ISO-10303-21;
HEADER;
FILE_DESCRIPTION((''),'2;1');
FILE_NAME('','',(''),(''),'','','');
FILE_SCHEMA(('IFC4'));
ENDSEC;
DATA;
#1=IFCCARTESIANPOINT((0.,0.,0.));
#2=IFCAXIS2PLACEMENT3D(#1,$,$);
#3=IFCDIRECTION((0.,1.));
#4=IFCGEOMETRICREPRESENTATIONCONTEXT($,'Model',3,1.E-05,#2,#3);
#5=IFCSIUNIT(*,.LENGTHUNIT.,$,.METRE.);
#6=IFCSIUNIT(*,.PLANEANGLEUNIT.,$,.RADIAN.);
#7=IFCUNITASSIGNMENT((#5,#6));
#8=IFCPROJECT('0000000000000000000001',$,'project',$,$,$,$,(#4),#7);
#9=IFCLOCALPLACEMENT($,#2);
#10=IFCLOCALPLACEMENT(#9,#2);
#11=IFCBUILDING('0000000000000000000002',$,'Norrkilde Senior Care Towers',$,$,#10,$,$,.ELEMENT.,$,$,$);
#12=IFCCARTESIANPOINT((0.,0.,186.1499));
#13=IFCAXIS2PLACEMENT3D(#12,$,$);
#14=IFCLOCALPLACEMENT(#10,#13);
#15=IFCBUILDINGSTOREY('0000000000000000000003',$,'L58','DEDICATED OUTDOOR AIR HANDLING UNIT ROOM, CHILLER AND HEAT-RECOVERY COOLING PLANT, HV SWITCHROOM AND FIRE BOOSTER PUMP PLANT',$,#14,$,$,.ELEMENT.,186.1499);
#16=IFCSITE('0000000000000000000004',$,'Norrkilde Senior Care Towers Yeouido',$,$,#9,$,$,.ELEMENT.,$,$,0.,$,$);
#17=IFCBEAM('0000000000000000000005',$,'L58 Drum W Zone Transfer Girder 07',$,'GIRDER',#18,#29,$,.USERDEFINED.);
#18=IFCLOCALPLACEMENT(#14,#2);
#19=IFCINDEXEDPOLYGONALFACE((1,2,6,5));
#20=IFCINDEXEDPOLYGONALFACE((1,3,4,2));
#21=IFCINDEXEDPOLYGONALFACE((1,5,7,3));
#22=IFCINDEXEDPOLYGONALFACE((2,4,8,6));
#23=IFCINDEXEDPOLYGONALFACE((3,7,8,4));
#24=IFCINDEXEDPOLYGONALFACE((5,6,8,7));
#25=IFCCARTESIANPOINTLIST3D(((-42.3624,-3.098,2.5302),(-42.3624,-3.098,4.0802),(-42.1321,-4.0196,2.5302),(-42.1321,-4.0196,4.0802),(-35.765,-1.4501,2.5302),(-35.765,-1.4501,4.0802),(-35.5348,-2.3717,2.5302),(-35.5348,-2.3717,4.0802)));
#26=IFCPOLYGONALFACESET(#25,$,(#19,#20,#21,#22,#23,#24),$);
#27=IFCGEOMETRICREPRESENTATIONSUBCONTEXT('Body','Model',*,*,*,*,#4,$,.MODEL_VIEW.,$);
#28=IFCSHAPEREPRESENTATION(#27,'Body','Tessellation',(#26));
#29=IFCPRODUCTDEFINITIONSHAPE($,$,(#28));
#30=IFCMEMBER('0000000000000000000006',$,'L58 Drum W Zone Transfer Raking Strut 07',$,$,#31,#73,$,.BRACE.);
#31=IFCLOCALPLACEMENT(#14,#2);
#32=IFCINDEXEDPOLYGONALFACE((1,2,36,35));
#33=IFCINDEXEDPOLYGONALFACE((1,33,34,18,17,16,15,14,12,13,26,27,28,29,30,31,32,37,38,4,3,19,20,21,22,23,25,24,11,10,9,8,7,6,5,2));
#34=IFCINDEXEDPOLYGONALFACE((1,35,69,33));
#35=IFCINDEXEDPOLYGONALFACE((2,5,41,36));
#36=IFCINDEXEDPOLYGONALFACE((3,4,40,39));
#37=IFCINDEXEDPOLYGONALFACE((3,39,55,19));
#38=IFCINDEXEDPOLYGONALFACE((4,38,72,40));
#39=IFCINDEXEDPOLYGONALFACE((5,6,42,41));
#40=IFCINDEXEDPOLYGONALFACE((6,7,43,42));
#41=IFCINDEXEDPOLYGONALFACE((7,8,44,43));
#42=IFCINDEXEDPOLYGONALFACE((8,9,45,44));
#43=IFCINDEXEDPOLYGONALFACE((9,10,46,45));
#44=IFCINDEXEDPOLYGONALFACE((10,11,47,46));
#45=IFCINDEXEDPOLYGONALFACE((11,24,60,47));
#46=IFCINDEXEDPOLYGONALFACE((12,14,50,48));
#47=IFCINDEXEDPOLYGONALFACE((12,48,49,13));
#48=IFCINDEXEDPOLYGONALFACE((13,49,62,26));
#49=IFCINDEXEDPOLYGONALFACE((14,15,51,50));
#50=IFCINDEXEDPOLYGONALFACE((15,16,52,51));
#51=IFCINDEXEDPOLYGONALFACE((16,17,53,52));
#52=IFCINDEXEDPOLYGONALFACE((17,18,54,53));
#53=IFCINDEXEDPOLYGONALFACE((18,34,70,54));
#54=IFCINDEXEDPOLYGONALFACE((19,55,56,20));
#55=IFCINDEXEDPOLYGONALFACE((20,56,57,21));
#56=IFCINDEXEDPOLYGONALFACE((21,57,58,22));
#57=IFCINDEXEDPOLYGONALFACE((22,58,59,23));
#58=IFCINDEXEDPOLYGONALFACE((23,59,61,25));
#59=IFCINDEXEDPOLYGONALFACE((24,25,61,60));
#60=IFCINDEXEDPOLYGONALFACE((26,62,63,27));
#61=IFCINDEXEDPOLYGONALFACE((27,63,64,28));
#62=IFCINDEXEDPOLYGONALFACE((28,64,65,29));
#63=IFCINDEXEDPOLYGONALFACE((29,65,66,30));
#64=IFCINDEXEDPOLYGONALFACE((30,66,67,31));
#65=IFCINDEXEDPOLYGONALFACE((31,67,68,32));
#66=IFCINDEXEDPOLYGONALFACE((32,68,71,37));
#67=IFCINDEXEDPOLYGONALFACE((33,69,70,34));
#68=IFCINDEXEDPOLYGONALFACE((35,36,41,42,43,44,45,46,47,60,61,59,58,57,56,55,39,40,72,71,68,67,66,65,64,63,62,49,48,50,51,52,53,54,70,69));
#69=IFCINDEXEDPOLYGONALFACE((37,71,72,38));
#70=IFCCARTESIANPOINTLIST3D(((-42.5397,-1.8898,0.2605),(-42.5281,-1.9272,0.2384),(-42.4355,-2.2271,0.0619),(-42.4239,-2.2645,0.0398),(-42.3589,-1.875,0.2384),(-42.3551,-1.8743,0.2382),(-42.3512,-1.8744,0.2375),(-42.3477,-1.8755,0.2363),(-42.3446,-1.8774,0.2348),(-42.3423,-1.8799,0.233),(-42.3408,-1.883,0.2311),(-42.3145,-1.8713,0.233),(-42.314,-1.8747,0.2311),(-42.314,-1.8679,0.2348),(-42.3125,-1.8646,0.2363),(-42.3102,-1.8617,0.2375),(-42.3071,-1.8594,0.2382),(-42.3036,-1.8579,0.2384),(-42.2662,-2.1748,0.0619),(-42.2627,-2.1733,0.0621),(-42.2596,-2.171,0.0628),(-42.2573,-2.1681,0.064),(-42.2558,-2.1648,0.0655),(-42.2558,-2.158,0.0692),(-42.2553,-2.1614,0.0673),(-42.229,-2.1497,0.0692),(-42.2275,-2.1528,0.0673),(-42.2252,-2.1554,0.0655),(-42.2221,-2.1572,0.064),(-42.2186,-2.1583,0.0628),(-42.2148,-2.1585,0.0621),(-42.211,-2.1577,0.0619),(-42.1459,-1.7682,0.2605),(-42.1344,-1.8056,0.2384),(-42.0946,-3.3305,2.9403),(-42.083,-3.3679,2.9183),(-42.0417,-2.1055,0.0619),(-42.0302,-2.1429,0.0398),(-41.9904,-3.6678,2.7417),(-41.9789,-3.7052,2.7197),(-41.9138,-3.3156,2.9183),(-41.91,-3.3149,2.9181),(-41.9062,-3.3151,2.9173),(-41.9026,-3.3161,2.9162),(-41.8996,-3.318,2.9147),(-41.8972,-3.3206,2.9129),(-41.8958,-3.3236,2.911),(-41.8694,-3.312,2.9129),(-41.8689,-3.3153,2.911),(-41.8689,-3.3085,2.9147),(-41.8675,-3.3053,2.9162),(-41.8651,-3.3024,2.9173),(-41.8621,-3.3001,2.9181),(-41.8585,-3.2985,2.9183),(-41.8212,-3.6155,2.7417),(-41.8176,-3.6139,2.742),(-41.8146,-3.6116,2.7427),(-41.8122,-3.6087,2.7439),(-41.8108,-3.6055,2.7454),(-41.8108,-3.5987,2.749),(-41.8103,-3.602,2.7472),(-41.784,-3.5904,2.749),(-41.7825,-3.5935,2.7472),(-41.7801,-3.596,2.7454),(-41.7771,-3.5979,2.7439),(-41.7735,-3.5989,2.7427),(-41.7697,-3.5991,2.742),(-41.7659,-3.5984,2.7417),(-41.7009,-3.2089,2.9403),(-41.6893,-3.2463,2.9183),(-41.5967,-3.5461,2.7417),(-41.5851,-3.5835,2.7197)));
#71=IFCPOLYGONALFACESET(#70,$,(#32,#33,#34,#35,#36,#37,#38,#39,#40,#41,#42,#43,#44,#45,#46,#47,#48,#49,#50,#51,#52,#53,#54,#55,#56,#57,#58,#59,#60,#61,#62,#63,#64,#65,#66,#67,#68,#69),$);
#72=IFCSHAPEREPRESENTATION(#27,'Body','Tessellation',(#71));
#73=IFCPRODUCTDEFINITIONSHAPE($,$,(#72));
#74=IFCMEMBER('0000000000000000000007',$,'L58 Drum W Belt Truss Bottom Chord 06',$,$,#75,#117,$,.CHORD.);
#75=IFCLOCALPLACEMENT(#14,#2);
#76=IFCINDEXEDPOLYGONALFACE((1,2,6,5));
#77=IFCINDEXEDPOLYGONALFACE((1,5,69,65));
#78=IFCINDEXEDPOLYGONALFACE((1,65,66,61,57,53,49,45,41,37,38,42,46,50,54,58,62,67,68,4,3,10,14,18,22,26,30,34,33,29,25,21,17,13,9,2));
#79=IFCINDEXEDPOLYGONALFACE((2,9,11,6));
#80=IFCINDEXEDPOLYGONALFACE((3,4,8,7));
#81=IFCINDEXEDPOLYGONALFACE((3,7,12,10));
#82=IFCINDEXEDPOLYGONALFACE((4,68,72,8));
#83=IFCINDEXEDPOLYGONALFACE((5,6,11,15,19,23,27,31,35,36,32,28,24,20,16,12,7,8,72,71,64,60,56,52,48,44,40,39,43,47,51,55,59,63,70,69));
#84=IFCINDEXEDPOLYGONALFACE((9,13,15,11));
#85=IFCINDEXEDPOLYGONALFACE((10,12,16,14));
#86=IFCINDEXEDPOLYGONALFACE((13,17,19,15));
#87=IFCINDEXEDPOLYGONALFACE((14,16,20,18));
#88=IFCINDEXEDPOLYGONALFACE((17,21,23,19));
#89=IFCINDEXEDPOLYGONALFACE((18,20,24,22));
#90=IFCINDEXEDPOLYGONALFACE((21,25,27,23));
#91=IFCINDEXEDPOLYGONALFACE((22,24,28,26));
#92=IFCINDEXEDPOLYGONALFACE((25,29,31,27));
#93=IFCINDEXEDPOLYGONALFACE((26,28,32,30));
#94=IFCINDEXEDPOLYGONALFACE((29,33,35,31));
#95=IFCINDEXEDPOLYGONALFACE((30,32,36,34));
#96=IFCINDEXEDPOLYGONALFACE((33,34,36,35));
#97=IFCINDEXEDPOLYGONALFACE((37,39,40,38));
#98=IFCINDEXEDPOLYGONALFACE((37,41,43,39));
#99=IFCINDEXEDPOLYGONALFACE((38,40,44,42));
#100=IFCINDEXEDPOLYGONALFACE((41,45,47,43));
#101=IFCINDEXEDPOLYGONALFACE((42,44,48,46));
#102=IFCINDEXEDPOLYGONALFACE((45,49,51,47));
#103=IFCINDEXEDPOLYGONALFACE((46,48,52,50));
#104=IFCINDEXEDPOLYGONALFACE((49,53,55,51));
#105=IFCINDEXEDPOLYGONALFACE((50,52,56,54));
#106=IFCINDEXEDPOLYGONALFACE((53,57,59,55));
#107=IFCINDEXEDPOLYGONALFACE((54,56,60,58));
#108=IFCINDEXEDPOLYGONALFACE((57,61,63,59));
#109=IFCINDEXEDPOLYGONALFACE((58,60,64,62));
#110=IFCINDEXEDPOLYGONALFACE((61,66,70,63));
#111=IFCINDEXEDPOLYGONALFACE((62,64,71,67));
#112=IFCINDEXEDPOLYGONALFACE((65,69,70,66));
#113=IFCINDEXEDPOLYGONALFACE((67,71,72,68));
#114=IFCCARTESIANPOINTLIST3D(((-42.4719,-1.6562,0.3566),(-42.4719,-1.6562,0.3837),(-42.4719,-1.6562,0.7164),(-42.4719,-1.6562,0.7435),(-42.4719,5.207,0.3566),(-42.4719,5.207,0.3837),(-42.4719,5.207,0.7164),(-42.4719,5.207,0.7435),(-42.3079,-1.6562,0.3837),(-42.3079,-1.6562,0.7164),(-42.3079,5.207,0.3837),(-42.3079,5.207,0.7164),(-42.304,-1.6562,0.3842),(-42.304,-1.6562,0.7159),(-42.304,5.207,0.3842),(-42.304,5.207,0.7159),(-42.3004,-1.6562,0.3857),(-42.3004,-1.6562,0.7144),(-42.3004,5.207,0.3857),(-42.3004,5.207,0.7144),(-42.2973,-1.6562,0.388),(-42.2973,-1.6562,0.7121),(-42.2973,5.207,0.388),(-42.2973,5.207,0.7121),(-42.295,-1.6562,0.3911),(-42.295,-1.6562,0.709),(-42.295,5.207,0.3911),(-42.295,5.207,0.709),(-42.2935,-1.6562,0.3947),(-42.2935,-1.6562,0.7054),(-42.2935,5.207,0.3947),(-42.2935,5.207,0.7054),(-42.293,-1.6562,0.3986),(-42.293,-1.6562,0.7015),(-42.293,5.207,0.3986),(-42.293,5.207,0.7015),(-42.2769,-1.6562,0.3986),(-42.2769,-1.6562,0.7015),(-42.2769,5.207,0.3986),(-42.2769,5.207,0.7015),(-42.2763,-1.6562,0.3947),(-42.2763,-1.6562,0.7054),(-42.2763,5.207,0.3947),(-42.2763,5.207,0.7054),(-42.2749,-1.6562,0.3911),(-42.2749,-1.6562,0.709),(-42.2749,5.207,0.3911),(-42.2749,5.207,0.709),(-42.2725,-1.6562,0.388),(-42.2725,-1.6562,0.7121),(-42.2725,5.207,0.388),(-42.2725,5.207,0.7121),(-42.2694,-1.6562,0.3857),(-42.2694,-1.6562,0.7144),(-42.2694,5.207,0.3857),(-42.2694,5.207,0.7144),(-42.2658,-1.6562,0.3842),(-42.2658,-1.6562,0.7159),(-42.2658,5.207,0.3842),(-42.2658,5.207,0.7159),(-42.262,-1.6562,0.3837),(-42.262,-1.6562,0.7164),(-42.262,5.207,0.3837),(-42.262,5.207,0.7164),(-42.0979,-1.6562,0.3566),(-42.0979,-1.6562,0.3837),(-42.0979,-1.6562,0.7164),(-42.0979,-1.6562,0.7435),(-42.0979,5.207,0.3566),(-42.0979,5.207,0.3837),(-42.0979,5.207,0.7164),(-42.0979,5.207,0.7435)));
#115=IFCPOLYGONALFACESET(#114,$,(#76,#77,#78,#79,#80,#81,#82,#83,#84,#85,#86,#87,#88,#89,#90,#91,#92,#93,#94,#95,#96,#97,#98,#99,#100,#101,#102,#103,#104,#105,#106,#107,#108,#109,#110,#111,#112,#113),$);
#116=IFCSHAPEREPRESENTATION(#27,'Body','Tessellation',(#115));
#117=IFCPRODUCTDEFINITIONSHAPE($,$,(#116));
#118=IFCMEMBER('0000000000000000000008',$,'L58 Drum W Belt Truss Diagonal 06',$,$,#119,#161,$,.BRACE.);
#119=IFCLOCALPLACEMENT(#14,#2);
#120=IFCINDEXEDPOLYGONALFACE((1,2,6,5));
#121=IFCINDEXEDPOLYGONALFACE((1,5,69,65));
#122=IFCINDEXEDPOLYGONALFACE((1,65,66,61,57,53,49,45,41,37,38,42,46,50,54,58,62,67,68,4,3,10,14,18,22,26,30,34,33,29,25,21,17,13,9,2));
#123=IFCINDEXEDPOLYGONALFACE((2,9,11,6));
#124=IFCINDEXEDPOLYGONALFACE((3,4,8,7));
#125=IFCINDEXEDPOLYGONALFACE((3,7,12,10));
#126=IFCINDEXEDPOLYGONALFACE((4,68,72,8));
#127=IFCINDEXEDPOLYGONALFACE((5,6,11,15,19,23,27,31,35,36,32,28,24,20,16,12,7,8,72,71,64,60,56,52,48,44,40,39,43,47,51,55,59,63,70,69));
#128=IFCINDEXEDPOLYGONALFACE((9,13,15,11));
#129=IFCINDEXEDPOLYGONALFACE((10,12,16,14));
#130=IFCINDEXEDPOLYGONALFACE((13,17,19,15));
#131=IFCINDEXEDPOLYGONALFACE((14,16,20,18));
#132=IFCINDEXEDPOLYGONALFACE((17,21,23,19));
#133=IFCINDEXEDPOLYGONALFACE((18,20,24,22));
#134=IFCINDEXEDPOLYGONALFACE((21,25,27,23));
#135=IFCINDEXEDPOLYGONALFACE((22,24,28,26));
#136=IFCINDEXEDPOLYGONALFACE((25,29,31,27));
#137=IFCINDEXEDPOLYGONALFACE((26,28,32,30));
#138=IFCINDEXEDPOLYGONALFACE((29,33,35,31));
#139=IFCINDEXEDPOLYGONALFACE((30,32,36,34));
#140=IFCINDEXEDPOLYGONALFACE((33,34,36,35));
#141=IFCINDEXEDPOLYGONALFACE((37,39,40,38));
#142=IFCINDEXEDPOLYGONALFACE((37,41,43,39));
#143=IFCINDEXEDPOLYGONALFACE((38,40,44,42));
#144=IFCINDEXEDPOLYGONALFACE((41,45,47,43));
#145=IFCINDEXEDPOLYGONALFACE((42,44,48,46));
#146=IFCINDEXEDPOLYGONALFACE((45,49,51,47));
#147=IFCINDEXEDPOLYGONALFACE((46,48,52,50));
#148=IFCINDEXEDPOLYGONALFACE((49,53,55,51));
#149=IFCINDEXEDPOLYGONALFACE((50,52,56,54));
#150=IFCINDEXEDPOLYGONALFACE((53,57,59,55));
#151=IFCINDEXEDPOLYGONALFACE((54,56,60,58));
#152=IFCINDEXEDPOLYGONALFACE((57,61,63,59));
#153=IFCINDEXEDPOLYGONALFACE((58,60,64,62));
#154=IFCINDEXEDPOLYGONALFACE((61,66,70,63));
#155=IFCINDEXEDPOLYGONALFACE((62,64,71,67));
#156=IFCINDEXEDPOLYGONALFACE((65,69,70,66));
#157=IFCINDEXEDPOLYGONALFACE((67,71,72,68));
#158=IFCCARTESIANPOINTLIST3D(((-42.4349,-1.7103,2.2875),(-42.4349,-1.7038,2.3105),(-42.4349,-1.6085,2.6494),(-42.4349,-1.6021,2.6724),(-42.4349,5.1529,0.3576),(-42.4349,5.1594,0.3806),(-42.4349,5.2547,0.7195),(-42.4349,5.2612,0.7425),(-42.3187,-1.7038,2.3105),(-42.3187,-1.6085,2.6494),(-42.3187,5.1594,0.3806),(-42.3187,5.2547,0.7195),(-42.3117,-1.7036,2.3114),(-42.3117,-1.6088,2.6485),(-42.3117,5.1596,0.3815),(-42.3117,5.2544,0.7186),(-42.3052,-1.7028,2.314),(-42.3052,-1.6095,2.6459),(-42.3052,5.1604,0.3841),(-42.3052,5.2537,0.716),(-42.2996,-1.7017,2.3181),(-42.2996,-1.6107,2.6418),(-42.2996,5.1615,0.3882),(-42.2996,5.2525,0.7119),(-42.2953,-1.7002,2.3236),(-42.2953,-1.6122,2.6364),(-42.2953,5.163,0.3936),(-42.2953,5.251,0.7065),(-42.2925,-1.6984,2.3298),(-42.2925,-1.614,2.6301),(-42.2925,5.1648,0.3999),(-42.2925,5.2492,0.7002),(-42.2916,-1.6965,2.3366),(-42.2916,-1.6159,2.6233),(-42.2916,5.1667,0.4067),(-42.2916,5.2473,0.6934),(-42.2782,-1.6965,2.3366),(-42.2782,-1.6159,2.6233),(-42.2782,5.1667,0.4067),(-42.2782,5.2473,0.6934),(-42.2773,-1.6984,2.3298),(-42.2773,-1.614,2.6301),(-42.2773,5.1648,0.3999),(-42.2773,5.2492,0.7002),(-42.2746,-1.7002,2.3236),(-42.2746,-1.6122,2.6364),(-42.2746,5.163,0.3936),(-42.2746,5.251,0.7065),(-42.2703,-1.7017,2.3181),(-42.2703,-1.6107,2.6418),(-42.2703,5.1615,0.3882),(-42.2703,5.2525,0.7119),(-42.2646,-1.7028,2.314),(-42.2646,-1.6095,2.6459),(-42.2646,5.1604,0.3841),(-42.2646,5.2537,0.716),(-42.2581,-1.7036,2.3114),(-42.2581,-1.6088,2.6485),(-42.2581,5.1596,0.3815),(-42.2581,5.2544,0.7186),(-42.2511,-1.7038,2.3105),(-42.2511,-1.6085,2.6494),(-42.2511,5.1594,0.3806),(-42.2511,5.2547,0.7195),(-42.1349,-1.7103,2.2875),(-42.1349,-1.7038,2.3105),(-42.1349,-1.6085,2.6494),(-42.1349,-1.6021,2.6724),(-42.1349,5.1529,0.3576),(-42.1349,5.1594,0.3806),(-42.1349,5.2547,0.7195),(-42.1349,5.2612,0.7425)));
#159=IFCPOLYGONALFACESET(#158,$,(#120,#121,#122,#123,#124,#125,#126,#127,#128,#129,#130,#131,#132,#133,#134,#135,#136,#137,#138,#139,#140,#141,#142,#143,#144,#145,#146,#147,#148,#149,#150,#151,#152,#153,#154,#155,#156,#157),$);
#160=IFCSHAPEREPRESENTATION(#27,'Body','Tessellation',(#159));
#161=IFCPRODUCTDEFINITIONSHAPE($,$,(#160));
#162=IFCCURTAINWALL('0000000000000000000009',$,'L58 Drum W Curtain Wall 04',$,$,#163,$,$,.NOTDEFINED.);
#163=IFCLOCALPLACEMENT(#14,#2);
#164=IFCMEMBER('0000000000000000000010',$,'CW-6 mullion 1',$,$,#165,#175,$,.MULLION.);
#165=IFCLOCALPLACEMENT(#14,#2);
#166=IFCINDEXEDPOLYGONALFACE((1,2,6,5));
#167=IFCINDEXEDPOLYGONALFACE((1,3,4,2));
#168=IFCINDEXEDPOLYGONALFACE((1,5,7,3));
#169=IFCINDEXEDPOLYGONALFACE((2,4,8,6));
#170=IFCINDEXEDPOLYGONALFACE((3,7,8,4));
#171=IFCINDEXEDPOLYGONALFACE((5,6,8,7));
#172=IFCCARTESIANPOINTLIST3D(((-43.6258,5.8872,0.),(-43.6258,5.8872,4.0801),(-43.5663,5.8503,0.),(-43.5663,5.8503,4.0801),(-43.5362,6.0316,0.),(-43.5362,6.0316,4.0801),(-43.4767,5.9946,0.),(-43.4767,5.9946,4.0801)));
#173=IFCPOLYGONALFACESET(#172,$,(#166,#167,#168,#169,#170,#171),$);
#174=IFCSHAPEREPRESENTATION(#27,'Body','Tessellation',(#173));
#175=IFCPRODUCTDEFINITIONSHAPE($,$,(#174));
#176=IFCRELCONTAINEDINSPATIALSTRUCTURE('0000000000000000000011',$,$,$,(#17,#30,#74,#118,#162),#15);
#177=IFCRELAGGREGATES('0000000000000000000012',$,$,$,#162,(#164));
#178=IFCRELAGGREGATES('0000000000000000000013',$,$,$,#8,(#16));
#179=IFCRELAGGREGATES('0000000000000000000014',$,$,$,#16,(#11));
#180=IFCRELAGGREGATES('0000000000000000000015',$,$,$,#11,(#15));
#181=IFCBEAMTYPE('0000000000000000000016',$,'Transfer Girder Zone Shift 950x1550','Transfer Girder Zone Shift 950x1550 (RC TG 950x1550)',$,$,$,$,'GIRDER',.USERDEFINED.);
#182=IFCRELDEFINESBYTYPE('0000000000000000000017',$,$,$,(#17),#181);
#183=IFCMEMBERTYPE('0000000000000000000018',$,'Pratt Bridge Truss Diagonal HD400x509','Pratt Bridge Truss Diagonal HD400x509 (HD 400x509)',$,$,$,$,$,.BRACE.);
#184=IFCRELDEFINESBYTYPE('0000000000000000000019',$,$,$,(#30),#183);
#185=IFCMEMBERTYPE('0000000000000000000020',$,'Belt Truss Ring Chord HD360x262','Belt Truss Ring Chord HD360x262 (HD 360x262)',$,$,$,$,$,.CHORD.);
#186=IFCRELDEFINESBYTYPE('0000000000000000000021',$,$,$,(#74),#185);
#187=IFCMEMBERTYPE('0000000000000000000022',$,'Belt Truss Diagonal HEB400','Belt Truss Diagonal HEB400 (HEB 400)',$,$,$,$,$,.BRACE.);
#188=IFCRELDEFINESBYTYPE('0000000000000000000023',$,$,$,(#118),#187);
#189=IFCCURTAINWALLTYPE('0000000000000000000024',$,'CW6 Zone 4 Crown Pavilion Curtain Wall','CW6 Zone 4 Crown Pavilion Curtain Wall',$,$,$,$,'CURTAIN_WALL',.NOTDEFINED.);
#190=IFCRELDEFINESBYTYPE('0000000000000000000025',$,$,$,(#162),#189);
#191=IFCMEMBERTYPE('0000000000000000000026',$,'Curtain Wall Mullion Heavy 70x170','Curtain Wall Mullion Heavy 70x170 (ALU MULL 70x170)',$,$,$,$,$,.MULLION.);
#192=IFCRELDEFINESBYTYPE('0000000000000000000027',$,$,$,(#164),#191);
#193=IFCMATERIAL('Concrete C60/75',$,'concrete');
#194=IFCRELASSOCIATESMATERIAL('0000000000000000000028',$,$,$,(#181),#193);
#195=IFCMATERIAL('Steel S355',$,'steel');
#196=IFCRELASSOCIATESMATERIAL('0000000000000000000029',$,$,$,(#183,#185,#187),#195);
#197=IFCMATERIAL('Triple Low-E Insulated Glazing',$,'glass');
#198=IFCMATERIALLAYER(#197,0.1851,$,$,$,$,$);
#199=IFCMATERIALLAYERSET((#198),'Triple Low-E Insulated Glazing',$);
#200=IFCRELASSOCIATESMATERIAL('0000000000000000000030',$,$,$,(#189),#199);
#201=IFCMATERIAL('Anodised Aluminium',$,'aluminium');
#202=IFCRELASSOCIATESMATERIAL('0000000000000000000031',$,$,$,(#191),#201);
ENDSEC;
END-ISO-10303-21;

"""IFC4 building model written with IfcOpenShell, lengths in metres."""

from ifc_helpers import new_model, si_unit, direction, frame, origin, origin_2d, place, context, subcontext, project, spatial, rectangle, i_section, extrude, source, transform, mapped, material, layer, layer_set, material_profile, profile_set, type_object, type_shapes, element, aggregate, save


model = new_model("IFC4")

# Units and contexts
model_context = context("Model", 3, precision=1e-05, world=origin(), true_north=direction((0.0, 1.0)))
body_context = subcontext(model_context, "Body", "Model", "MODEL_VIEW")
ifc_project = project(units=[si_unit("LENGTHUNIT", "METRE"), si_unit("PLANEANGLEUNIT", "RADIAN")], contexts=[model_context])

# Site, building, storey
site_placement = place(None, origin())
site = spatial("IfcSite", under=ifc_project, at=site_placement, Name="Norrkilde Senior Care Towers Yeouido", CompositionType="ELEMENT", RefElevation=0.0)
building_placement = place(site_placement, origin())
building = spatial("IfcBuilding", under=site, at=building_placement, Name="Norrkilde Senior Care Towers", CompositionType="ELEMENT")
storey_placement = place(building_placement, frame((0.0, 0.0, 186.1499)))
storey = spatial("IfcBuildingStorey", under=building, at=storey_placement, Name="L58", Description="DEDICATED OUTDOOR AIR HANDLING UNIT ROOM, CHILLER AND HEAT-RECOVERY COOLING PLANT, HV SWITCHROOM AND FIRE BOOSTER PUMP PLANT", CompositionType="ELEMENT", Elevation=186.1499)

# Shared definitions
ifc_material_1 = material(Name="Concrete C60/75", Category="concrete")

# Shared definitions
ifc_material_profile_1 = material_profile(ifc_material_1, rectangle(XDim=0.95, YDim=1.55, at=origin_2d()), Name="RC TG 950x1550")
ifc_profile_set_1 = profile_set([ifc_material_profile_1], Name="Concrete C60/75")
beam_type_1 = type_object("IfcBeamType", Name="Transfer Girder Zone Shift 950x1550", Description="Transfer Girder Zone Shift 950x1550 (RC TG 950x1550)", ElementType="GIRDER", PredefinedType="USERDEFINED", material=ifc_profile_set_1)

# Shared definitions
ifc_material_2 = material(Name="Steel S355", Category="steel")
ifc_material_profile_2 = material_profile(ifc_material_2, i_section(OverallWidth=0.4121, OverallDepth=0.45, WebThickness=0.0281, FlangeThickness=0.0449, FilletRadius=0.0149, at=origin_2d()), Name="HD 400x509")
ifc_profile_set_2 = profile_set([ifc_material_profile_2], Name="Steel S355")
member_type_1 = type_object("IfcMemberType", Name="Pratt Bridge Truss Diagonal HD400x509", Description="Pratt Bridge Truss Diagonal HD400x509 (HD 400x509)", PredefinedType="BRACE", material=ifc_profile_set_2)

# Beam
shared_shape_1 = source(origin(), body_context, "Body", "SweptSolid", [
    extrude(rectangle(XDim=0.95, YDim=1.55, at=origin_2d()), origin(), (0.0, 0.0, 1.0), 6.8),
])
beam_1_placement = place(storey_placement, frame((-35.6499, -1.9109, 3.3052), z_axis=(-0.970191, -0.242341, 0.0), x_axis=(0.242341, -0.970191, 0.0)))
element("IfcBeam", 1, at=beam_1_placement, inside=storey, type_object=beam_type_1, Name="L58 Drum W Zone Transfer Girder 07", ObjectType="GIRDER", PredefinedType="USERDEFINED", context=body_context, shape_type="MappedRepresentation", body=[
    mapped(shared_shape_1, transform((0.0, 0.0, 0.0), x_axis=(1.0, 0.0, 0.0), y_axis=(0.0, 1.0, 0.0), z_axis=(0.0, 0.0, 1.0), scale=1.0)),
])

# Members
shared_shape_2 = source(origin(), body_context, "Body", "SweptSolid", [
    extrude(i_section(OverallWidth=0.4121, OverallDepth=0.45, WebThickness=0.0281, FlangeThickness=0.0449, FilletRadius=0.0149, at=origin_2d()), origin(), (0.0, 0.0, 1.0), 3.075),
])
member_1_placement = place(storey_placement, frame((-42.2849, -2.0164, 0.1501), z_axis=(0.144737, -0.468511, 0.871521), x_axis=(0.955446, 0.295167, 0.0)))
element("IfcMember", 2, at=member_1_placement, inside=storey, type_object=member_type_1, Name="L58 Drum W Zone Transfer Raking Strut 07", PredefinedType="BRACE", context=body_context, shape_type="MappedRepresentation", body=[
    mapped(shared_shape_2, transform((0.0, 0.0, 0.0), x_axis=(1.0, 0.0, 0.0), y_axis=(0.0, 1.0, 0.0), z_axis=(0.0, 0.0, 1.0), scale=1.0)),
])
ifc_material_profile_3 = material_profile(ifc_material_2, i_section(OverallWidth=0.374, OverallDepth=0.387, WebThickness=0.0161, FlangeThickness=0.0271, FilletRadius=0.0149, at=origin_2d()), Name="HD 360x262")
ifc_profile_set_3 = profile_set([ifc_material_profile_3], Name="Steel S355")
member_type_2 = type_object("IfcMemberType", Name="Belt Truss Ring Chord HD360x262", Description="Belt Truss Ring Chord HD360x262 (HD 360x262)", PredefinedType="CHORD", material=ifc_profile_set_3)
shared_shape_3 = source(origin(), body_context, "Body", "SweptSolid", [
    extrude(i_section(OverallWidth=0.374, OverallDepth=0.387, WebThickness=0.0161, FlangeThickness=0.0271, FilletRadius=0.0149, at=origin_2d()), origin(), (0.0, 0.0, 1.0), 6.8633),
])
type_shapes(member_type_2, [shared_shape_3])
member_2_placement = place(storey_placement, frame((-42.2849, 5.207, 0.55), z_axis=(0.0, -1.0, 0.0), x_axis=(1.0, 0.0, 0.0)))
element("IfcMember", 3, at=member_2_placement, inside=storey, type_object=member_type_2, Name="L58 Drum W Belt Truss Bottom Chord 06", PredefinedType="CHORD", context=body_context, shape_type="MappedRepresentation", body=[
    mapped(shared_shape_3, transform((0.0, 0.0, 0.0), x_axis=(1.0, 0.0, 0.0), y_axis=(0.0, 1.0, 0.0), z_axis=(0.0, 0.0, 1.0), scale=1.0)),
])
ifc_material_profile_4 = material_profile(ifc_material_2, i_section(OverallWidth=0.3, OverallDepth=0.3999, WebThickness=0.0134, FlangeThickness=0.0239, FilletRadius=0.0271, at=origin_2d()), Name="HEB 400")
ifc_profile_set_4 = profile_set([ifc_material_profile_4], Name="Steel S355")
member_type_3 = type_object("IfcMemberType", Name="Belt Truss Diagonal HEB400", Description="Belt Truss Diagonal HEB400 (HEB 400)", PredefinedType="BRACE", material=ifc_profile_set_4)
shared_shape_4 = source(origin(), body_context, "Body", "SweptSolid", [
    extrude(i_section(OverallWidth=0.3, OverallDepth=0.3999, WebThickness=0.0134, FlangeThickness=0.0239, FilletRadius=0.0271, at=origin_2d()), origin(), (0.0, 0.0, 1.0), 7.1294),
])
type_shapes(member_type_3, [shared_shape_4])
member_3_placement = place(storey_placement, frame((-42.2849, 5.207, 0.55), z_axis=(0.0, -0.962664, 0.270698), x_axis=(1.0, 0.0, 0.0)))
element("IfcMember", 4, at=member_3_placement, inside=storey, type_object=member_type_3, Name="L58 Drum W Belt Truss Diagonal 06", PredefinedType="BRACE", context=body_context, shape_type="MappedRepresentation", body=[
    mapped(shared_shape_4, transform((0.0, 0.0, 0.0), x_axis=(1.0, 0.0, 0.0), y_axis=(0.0, 1.0, 0.0), z_axis=(0.0, 0.0, 1.0), scale=1.0)),
])

# Curtain wall, member
ifc_material_3 = material(Name="Triple Low-E Insulated Glazing", Category="glass")
ifc_layer_1 = layer(ifc_material_3, 0.1851)
ifc_layer_set_1 = layer_set([ifc_layer_1], Name="Triple Low-E Insulated Glazing")
curtain_wall_type = type_object("IfcCurtainWallType", Name="CW6 Zone 4 Crown Pavilion Curtain Wall", Description="CW6 Zone 4 Crown Pavilion Curtain Wall", ElementType="CURTAIN_WALL", PredefinedType="NOTDEFINED", material=ifc_layer_set_1)
curtain_wall_1_placement = place(storey_placement, origin())
curtain_wall_1 = element("IfcCurtainWall", 5, at=curtain_wall_1_placement, inside=storey, type_object=curtain_wall_type, Name="L58 Drum W Curtain Wall 04", PredefinedType="NOTDEFINED")
ifc_material_4 = material(Name="Anodised Aluminium", Category="aluminium")
ifc_material_profile_5 = material_profile(ifc_material_4, rectangle(XDim=0.0701, YDim=0.1699, at=origin_2d()), Name="ALU MULL 70x170")
ifc_profile_set_5 = profile_set([ifc_material_profile_5], Name="Anodised Aluminium")
member_type_4 = type_object("IfcMemberType", Name="Curtain Wall Mullion Heavy 70x170", Description="Curtain Wall Mullion Heavy 70x170 (ALU MULL 70x170)", PredefinedType="MULLION", material=ifc_profile_set_5)
shared_shape_5 = source(origin(), body_context, "Body", "SweptSolid", [
    extrude(rectangle(XDim=0.0701, YDim=0.1699, at=origin_2d()), origin(), (0.0, 0.0, 1.0), 4.0801),
])
type_shapes(member_type_4, [shared_shape_5])
member_4_placement = place(storey_placement, frame((-43.5513, 5.9409, 0.0), z_axis=(0.0, 0.0, 1.0), x_axis=(-0.849634, 0.527373, 0.0)))
member_4 = element("IfcMember", 6, at=member_4_placement, type_object=member_type_4, Name="CW-6 mullion 1", PredefinedType="MULLION", context=body_context, shape_type="MappedRepresentation", body=[
    mapped(shared_shape_5, transform((0.0, 0.0, 0.0), x_axis=(1.0, 0.0, 0.0), y_axis=(0.0, 1.0, 0.0), z_axis=(0.0, 0.0, 1.0), scale=1.0)),
])
aggregate(curtain_wall_1, [member_4])

save(model, "model.ifc")
